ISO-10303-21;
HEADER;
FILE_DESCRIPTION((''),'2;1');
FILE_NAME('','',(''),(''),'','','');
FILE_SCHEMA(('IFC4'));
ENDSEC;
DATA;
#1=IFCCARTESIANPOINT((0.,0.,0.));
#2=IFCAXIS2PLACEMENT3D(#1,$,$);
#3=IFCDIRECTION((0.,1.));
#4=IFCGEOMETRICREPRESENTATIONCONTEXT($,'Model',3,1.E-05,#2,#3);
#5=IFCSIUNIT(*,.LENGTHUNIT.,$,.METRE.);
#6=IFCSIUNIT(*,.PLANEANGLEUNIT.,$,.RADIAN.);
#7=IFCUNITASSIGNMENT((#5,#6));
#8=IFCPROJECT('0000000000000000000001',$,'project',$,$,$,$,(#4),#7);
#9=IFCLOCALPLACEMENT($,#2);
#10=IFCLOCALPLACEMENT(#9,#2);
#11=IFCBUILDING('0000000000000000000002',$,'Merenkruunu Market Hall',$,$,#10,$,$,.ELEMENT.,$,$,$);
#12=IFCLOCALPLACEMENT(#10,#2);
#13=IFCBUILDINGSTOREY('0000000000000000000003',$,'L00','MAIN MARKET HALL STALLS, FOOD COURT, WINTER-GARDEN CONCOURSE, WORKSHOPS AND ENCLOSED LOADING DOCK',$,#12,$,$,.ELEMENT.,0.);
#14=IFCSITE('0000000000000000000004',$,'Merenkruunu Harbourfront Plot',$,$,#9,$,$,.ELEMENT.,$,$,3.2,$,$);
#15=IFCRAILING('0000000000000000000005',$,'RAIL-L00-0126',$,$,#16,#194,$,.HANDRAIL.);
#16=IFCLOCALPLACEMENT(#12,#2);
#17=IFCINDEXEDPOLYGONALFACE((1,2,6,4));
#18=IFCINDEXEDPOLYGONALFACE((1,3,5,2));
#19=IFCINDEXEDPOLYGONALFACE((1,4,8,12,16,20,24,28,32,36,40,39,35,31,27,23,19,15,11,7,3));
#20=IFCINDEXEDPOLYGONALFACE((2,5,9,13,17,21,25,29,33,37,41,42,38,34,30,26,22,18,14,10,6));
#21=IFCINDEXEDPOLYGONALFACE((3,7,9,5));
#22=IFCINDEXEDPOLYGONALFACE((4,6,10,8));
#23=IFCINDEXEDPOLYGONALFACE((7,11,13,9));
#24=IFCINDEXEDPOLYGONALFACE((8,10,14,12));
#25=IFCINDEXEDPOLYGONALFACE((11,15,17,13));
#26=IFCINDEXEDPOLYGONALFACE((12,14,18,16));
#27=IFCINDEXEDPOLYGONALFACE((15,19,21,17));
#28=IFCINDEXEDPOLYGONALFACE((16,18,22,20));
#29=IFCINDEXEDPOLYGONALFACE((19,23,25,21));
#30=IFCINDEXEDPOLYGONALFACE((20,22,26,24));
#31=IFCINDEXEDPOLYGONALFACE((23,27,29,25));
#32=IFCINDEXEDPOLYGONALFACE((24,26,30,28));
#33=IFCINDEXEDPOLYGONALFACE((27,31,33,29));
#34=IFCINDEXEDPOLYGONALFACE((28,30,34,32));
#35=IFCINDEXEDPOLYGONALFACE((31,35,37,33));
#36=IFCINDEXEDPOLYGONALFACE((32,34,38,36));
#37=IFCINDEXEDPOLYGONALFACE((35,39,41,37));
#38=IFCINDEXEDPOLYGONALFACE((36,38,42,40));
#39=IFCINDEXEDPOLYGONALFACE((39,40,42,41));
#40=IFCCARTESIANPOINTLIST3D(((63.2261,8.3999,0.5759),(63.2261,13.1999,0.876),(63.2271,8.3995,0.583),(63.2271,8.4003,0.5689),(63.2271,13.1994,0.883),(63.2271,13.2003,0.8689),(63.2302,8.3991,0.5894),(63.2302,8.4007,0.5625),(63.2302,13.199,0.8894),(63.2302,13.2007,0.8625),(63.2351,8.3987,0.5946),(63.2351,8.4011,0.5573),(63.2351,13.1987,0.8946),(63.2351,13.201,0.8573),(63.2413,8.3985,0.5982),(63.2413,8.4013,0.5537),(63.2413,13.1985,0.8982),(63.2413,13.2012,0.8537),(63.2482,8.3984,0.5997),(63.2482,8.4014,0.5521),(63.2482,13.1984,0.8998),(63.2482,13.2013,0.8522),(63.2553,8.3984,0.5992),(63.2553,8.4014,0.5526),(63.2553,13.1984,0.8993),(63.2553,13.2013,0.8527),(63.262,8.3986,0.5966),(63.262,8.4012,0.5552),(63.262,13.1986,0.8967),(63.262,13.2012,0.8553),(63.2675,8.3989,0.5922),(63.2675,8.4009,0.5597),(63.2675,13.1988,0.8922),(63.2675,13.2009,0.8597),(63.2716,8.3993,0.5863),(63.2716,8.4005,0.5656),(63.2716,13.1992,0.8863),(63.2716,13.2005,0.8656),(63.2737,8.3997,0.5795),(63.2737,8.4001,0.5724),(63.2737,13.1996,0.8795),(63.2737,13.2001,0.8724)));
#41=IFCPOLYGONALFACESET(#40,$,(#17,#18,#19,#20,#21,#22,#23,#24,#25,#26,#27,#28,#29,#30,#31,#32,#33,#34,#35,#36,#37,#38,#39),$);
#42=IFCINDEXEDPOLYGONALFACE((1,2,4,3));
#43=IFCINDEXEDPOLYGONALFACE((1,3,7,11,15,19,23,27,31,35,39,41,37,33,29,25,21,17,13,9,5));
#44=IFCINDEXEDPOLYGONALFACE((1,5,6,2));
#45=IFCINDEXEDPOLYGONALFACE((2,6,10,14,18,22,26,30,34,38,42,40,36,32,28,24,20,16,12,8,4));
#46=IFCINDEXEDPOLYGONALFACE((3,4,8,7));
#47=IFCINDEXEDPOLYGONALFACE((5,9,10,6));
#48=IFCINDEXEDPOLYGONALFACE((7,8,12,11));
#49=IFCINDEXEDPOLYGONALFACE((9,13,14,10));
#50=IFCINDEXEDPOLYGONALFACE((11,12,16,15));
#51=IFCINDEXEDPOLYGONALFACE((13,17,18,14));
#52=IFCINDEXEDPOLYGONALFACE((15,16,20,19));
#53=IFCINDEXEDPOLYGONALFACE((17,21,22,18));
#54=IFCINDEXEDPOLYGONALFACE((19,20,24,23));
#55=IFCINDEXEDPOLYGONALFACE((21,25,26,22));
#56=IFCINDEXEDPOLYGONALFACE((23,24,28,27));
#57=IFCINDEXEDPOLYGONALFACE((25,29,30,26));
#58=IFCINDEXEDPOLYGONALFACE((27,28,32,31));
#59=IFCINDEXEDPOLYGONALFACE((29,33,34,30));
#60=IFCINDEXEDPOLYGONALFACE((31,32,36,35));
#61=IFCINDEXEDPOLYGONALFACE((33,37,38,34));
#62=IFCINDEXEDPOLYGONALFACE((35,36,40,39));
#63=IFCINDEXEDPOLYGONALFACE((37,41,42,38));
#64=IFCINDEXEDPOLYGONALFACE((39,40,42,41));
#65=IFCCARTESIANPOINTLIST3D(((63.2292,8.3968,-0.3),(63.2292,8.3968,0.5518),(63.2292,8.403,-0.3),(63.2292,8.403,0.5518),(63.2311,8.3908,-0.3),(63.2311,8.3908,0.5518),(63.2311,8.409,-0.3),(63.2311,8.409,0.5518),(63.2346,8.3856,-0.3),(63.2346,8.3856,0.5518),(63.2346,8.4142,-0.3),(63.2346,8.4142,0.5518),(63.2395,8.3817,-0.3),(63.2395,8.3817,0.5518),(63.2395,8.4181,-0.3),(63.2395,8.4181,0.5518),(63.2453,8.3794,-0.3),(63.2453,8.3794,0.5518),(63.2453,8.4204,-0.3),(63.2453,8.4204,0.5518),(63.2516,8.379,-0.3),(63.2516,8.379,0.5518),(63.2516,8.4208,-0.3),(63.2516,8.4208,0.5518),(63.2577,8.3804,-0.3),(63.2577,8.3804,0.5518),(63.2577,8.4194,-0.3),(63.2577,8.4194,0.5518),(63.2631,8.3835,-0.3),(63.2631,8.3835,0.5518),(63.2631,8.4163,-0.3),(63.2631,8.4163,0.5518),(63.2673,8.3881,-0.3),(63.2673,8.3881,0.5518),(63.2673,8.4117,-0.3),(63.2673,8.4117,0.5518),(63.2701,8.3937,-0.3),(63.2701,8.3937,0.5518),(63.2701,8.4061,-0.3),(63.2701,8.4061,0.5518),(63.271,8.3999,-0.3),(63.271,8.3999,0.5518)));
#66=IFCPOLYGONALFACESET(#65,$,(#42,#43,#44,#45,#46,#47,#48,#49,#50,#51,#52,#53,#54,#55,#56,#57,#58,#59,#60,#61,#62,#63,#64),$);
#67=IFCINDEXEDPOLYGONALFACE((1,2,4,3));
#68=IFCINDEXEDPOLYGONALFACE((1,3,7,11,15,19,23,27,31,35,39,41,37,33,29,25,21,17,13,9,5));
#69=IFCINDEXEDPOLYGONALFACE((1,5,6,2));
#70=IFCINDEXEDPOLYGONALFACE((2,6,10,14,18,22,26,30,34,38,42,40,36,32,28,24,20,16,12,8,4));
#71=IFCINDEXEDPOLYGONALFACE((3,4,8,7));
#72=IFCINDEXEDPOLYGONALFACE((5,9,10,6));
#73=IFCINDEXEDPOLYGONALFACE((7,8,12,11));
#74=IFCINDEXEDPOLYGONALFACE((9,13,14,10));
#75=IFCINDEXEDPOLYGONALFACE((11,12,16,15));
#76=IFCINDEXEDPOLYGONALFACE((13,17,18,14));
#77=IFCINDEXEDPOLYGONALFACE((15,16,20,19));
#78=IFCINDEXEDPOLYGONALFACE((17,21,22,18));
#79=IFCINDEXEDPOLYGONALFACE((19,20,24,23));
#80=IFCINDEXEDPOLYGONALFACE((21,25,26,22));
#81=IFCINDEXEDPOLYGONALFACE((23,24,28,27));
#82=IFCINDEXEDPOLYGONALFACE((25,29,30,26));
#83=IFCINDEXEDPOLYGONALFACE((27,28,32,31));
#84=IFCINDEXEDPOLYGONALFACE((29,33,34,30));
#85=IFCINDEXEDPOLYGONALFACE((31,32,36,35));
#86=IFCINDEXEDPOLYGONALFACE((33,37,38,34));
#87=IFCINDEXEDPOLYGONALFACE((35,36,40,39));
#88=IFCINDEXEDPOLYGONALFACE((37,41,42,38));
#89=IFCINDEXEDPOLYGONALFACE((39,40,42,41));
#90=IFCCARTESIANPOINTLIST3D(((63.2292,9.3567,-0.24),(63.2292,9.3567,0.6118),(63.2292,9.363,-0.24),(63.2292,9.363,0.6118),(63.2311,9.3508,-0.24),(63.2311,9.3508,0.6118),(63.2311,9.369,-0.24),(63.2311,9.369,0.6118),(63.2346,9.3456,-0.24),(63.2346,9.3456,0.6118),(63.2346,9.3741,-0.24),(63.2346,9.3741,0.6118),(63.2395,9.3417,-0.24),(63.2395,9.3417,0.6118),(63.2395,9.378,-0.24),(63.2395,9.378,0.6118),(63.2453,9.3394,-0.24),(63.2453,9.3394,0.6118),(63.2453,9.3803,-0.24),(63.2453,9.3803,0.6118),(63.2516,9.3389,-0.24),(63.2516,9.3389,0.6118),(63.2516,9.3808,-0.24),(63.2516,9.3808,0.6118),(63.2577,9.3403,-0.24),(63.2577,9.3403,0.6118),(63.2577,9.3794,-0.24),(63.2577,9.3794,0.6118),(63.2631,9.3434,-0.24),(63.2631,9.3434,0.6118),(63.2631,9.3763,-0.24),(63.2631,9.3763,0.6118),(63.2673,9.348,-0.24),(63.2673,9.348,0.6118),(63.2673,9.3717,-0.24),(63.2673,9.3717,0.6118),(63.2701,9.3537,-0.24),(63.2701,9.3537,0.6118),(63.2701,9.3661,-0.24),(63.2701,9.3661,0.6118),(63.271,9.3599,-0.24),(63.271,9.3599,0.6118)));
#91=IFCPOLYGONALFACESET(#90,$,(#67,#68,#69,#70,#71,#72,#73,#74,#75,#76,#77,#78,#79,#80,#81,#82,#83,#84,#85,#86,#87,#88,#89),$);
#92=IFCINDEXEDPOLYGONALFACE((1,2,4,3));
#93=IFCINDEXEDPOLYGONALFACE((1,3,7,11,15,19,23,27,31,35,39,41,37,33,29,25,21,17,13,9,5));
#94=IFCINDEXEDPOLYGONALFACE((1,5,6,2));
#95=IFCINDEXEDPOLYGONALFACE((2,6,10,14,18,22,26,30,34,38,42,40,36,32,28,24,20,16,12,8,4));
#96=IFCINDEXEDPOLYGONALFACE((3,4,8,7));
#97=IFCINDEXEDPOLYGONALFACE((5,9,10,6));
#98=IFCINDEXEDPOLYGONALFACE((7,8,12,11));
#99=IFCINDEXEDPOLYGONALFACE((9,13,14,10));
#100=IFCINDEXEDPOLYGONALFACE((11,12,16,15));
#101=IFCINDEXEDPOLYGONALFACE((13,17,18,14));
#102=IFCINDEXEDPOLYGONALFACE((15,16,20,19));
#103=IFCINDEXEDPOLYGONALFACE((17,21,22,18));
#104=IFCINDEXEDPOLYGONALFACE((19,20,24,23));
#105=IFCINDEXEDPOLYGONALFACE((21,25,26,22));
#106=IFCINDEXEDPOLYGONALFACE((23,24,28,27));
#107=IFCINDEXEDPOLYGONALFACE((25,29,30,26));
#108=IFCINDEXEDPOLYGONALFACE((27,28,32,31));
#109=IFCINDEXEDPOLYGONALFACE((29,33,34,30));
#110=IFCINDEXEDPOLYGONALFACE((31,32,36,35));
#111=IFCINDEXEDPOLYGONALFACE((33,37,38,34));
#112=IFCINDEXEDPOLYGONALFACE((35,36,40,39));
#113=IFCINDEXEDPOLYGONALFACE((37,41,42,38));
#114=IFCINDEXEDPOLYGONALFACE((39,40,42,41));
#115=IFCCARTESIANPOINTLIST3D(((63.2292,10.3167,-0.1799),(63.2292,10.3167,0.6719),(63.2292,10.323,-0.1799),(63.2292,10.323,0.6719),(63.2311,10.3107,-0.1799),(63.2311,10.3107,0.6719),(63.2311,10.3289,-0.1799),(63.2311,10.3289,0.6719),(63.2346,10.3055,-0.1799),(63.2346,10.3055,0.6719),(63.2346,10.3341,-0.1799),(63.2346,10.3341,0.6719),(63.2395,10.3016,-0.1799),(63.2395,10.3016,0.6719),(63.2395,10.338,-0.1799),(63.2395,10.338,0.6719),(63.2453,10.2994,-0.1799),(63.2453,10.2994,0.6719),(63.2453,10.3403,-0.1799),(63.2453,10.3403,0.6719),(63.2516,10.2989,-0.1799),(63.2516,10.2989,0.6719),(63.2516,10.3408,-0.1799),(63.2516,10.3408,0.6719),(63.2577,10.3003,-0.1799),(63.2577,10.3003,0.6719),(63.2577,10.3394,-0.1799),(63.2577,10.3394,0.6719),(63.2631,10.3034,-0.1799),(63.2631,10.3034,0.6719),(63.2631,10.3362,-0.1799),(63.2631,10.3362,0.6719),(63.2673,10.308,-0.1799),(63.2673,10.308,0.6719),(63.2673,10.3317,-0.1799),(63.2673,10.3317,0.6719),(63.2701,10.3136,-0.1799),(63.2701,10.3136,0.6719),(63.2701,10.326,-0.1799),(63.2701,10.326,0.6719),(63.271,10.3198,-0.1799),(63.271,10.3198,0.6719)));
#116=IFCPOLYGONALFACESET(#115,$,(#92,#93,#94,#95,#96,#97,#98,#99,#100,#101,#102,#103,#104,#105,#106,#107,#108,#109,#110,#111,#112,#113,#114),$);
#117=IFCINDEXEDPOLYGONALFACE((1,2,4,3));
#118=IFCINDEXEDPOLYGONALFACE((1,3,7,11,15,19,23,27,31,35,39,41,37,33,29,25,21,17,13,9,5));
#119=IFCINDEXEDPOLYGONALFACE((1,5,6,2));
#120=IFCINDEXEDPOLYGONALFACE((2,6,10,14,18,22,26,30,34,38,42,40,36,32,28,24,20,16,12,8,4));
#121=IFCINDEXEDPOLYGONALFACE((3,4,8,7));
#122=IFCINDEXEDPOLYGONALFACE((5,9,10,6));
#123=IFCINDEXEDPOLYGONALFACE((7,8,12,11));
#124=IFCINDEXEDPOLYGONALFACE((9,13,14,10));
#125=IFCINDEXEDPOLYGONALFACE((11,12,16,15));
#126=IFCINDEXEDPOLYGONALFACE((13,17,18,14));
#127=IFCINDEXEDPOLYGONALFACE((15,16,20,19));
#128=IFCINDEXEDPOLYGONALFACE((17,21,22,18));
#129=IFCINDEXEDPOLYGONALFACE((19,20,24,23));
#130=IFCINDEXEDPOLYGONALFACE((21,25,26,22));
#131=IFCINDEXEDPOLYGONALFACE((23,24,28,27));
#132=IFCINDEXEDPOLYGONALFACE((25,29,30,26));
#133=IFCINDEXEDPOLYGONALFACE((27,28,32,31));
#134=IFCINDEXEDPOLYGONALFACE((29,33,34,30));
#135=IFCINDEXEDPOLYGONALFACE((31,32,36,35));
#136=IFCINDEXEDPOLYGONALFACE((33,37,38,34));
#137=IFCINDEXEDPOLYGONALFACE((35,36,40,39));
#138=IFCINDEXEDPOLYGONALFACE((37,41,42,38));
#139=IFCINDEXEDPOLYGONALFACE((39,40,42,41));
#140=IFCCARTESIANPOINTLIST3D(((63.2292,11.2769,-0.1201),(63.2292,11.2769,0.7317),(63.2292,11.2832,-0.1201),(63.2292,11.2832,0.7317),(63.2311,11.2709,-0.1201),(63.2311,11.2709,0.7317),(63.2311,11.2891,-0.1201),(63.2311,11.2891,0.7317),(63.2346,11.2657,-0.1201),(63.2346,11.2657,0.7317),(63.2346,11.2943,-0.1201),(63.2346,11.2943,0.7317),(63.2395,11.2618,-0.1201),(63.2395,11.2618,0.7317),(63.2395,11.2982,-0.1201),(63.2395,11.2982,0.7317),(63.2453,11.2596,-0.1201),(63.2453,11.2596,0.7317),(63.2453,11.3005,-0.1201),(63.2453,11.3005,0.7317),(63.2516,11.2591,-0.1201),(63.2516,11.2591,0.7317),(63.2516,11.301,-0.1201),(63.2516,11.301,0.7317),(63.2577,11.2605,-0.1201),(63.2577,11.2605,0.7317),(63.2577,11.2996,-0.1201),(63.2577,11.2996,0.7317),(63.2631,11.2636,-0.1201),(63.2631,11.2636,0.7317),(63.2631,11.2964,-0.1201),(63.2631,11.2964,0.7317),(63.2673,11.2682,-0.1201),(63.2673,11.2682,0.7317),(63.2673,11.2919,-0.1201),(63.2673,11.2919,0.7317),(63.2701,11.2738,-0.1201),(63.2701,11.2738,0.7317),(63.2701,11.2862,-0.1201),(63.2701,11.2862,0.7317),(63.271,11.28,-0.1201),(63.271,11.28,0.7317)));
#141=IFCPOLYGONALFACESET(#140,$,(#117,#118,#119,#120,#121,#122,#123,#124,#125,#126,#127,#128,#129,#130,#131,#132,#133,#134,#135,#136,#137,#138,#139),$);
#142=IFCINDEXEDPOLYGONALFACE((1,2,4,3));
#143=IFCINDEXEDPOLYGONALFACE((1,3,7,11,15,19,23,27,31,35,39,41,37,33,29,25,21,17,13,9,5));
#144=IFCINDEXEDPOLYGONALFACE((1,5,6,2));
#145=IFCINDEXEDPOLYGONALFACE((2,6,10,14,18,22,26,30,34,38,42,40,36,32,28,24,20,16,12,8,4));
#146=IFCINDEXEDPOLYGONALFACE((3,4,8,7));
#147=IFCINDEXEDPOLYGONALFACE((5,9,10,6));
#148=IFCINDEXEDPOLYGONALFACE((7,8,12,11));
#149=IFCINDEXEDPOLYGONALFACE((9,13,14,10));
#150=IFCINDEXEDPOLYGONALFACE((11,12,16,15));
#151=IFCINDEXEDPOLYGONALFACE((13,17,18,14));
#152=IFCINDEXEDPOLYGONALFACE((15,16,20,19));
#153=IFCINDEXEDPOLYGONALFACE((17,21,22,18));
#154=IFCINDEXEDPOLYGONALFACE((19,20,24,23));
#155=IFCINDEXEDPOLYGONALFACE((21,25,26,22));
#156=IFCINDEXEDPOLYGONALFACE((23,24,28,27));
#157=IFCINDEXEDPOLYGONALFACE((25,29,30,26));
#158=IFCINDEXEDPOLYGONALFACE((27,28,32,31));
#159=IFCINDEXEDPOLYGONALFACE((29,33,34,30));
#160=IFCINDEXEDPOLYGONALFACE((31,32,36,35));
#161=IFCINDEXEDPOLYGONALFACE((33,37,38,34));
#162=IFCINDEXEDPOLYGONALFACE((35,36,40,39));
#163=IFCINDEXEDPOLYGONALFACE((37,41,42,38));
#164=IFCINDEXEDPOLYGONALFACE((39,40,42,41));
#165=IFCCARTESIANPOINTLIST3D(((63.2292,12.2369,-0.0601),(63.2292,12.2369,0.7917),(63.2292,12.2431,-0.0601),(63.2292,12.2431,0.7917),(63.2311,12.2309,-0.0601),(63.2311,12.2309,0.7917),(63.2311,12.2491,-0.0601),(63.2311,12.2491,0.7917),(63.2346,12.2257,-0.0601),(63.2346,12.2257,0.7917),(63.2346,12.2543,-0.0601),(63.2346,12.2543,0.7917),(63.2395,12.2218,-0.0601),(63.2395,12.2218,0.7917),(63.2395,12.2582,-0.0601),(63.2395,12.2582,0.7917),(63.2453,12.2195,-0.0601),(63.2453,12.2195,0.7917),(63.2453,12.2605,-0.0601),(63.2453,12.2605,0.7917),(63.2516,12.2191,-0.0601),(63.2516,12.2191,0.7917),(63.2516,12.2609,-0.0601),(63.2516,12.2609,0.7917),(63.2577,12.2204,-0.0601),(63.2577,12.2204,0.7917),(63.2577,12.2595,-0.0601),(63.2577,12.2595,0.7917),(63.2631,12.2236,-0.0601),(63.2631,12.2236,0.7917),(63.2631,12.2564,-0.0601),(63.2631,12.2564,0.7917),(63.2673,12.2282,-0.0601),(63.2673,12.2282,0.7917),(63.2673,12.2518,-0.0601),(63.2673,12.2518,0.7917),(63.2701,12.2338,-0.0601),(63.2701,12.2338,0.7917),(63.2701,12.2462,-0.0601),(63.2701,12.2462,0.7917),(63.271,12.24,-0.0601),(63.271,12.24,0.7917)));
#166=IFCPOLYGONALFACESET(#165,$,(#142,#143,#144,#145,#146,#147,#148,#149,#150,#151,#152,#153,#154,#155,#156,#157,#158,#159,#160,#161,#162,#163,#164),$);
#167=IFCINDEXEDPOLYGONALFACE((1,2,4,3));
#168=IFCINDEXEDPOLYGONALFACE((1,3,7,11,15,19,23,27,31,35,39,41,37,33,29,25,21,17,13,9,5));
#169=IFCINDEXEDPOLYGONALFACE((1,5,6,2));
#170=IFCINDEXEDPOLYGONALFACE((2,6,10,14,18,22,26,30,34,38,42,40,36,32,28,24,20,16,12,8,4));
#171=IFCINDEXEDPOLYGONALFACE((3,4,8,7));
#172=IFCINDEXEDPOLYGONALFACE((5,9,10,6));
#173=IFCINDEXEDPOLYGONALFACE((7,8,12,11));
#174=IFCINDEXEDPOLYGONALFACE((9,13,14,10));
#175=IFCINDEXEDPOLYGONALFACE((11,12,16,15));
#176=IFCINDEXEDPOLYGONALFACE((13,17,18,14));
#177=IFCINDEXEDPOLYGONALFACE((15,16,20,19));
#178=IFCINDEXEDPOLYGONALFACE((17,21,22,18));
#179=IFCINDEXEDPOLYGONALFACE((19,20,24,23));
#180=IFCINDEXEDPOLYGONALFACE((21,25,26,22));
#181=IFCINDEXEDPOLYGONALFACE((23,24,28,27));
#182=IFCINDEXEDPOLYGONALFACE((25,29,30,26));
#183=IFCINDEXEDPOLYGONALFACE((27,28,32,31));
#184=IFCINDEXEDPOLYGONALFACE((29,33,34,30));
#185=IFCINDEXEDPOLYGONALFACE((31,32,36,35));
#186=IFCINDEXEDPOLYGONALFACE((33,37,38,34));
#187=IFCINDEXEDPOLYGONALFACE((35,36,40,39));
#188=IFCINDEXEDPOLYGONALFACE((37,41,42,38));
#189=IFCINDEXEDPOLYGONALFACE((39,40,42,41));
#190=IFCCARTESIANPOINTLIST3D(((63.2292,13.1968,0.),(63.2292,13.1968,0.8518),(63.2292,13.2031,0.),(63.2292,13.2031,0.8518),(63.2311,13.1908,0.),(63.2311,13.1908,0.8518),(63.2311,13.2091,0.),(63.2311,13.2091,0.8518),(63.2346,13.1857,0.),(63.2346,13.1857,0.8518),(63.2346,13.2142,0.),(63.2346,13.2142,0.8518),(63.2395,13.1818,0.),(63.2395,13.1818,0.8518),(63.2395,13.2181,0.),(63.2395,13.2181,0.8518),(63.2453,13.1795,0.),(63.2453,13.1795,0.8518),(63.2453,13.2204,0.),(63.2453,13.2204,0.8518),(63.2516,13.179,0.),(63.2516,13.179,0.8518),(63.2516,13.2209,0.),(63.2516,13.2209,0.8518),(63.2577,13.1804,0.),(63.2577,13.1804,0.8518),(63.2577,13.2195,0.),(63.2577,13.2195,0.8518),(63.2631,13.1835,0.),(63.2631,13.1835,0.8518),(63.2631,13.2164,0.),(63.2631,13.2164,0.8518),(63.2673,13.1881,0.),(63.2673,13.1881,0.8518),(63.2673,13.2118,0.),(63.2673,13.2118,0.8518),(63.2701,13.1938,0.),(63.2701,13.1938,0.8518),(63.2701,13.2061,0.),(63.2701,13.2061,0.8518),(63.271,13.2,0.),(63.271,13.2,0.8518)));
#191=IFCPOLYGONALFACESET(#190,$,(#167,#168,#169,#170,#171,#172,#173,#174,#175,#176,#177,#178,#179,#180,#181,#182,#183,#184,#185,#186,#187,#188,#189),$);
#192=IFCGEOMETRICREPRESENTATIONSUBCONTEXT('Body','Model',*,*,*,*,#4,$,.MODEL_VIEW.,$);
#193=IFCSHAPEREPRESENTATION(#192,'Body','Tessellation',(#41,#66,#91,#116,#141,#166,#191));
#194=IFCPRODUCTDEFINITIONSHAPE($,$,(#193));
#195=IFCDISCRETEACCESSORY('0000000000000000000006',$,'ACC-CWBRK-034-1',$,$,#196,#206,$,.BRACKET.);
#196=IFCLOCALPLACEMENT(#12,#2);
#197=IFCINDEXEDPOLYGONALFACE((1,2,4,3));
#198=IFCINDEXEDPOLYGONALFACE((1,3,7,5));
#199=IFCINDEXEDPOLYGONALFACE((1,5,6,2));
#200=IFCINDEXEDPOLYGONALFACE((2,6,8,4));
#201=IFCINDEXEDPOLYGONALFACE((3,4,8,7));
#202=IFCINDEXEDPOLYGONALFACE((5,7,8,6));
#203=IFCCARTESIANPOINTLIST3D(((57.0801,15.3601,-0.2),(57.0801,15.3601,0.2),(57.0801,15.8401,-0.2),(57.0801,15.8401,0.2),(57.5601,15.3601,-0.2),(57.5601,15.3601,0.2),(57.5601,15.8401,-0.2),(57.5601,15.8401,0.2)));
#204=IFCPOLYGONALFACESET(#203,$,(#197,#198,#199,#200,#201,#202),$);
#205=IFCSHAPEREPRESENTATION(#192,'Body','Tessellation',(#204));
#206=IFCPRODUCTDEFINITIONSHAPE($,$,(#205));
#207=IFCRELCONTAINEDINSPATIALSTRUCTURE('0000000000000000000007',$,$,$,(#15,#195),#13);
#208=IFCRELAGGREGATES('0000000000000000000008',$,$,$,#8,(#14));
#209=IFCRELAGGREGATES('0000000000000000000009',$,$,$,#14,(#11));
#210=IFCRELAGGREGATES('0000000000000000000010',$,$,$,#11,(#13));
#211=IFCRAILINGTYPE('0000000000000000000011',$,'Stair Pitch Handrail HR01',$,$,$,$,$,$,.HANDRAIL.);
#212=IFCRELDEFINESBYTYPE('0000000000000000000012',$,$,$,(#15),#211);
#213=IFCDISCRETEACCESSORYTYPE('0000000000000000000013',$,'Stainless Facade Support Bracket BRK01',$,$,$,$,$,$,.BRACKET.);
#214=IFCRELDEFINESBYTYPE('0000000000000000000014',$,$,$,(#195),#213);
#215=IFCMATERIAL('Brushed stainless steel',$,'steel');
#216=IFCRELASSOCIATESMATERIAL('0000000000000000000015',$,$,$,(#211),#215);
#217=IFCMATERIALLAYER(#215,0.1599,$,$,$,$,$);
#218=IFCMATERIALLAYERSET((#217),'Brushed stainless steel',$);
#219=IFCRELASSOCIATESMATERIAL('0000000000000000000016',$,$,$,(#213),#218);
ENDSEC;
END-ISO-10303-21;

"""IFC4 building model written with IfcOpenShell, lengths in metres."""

from ifc_helpers import new_model, si_unit, direction, frame, origin, origin_2d, place, context, subcontext, project, spatial, rectangle, circle, extrude, material, layer, layer_set, type_object, element, save


model = new_model("IFC4")

# Units and contexts
model_context = context("Model", 3, precision=1e-05, world=origin(), true_north=direction((0.0, 1.0)))
body_context = subcontext(model_context, "Body", "Model", "MODEL_VIEW")
ifc_project = project(units=[si_unit("LENGTHUNIT", "METRE"), si_unit("PLANEANGLEUNIT", "RADIAN")], contexts=[model_context])

# Site, building, storey
site_placement = place(None, origin())
site = spatial("IfcSite", under=ifc_project, at=site_placement, Name="Merenkruunu Harbourfront Plot", CompositionType="ELEMENT", RefElevation=3.2)
building_placement = place(site_placement, origin())
building = spatial("IfcBuilding", under=site, at=building_placement, Name="Merenkruunu Market Hall", CompositionType="ELEMENT")
storey_placement = place(building_placement, origin())
storey = spatial("IfcBuildingStorey", under=building, at=storey_placement, Name="L00", Description="MAIN MARKET HALL STALLS, FOOD COURT, WINTER-GARDEN CONCOURSE, WORKSHOPS AND ENCLOSED LOADING DOCK", CompositionType="ELEMENT", Elevation=0.0)

# Railing
ifc_material_1 = material(Name="Brushed stainless steel", Category="steel")
railing_type = type_object("IfcRailingType", Name="Stair Pitch Handrail HR01", PredefinedType="HANDRAIL", material=ifc_material_1)
for number, where, name in (
    (1, (63.25, 8.3999, -0.3), "RAIL-L00-0126"),
):
    element("IfcRailing", number, at=place(storey_placement, frame(where)), inside=storey, type_object=railing_type, Name=name, PredefinedType="HANDRAIL", context=body_context, shape_type="SweptSolid", body=[
        extrude(circle(Radius=0.0239, at=origin_2d()), frame((0.0, 0.0, 0.876), z_axis=(0.0, 0.998052, 0.062388), x_axis=(-1.0, 0.0, 0.0)), (0.0, 0.0, 1.0), 4.8093),
        extrude(circle(Radius=0.021, at=origin_2d()), origin(), (0.0, 0.0, 1.0), 0.8518),
        extrude(circle(Radius=0.021, at=origin_2d()), frame((0.0, 0.96, 0.0601)), (0.0, 0.0, 1.0), 0.8518),
        extrude(circle(Radius=0.021, at=origin_2d()), frame((0.0, 1.9199, 0.1201)), (0.0, 0.0, 1.0), 0.8518),
        extrude(circle(Radius=0.021, at=origin_2d()), frame((0.0, 2.8801, 0.1799)), (0.0, 0.0, 1.0), 0.8518),
        extrude(circle(Radius=0.021, at=origin_2d()), frame((0.0, 3.8401, 0.24)), (0.0, 0.0, 1.0), 0.8518),
        extrude(circle(Radius=0.021, at=origin_2d()), frame((0.0, 4.8, 0.3)), (0.0, 0.0, 1.0), 0.8518),
    ])

# Discrete accessory
ifc_layer_1 = layer(ifc_material_1, 0.1599)
ifc_layer_set_1 = layer_set([ifc_layer_1], Name="Brushed stainless steel")
discrete_accessory_type = type_object("IfcDiscreteAccessoryType", Name="Stainless Facade Support Bracket BRK01", PredefinedType="BRACKET", material=ifc_layer_set_1)
for number, where, z_axis, x_axis, name in (
    (2, (57.3201, 15.6001, -0.2), (0.0, 0.0, 1.0), (1.0, 0.0, 0.0), "ACC-CWBRK-034-1"),
):
    element("IfcDiscreteAccessory", number, at=place(storey_placement, frame(where, z_axis=z_axis, x_axis=x_axis)), inside=storey, type_object=discrete_accessory_type, Name=name, PredefinedType="BRACKET", context=body_context, shape_type="SweptSolid", body=[
        extrude(rectangle(XDim=0.48, YDim=0.48, at=origin_2d()), origin(), (0.0, 0.0, 1.0), 0.3999),
    ])

save(model, "model.ifc")
